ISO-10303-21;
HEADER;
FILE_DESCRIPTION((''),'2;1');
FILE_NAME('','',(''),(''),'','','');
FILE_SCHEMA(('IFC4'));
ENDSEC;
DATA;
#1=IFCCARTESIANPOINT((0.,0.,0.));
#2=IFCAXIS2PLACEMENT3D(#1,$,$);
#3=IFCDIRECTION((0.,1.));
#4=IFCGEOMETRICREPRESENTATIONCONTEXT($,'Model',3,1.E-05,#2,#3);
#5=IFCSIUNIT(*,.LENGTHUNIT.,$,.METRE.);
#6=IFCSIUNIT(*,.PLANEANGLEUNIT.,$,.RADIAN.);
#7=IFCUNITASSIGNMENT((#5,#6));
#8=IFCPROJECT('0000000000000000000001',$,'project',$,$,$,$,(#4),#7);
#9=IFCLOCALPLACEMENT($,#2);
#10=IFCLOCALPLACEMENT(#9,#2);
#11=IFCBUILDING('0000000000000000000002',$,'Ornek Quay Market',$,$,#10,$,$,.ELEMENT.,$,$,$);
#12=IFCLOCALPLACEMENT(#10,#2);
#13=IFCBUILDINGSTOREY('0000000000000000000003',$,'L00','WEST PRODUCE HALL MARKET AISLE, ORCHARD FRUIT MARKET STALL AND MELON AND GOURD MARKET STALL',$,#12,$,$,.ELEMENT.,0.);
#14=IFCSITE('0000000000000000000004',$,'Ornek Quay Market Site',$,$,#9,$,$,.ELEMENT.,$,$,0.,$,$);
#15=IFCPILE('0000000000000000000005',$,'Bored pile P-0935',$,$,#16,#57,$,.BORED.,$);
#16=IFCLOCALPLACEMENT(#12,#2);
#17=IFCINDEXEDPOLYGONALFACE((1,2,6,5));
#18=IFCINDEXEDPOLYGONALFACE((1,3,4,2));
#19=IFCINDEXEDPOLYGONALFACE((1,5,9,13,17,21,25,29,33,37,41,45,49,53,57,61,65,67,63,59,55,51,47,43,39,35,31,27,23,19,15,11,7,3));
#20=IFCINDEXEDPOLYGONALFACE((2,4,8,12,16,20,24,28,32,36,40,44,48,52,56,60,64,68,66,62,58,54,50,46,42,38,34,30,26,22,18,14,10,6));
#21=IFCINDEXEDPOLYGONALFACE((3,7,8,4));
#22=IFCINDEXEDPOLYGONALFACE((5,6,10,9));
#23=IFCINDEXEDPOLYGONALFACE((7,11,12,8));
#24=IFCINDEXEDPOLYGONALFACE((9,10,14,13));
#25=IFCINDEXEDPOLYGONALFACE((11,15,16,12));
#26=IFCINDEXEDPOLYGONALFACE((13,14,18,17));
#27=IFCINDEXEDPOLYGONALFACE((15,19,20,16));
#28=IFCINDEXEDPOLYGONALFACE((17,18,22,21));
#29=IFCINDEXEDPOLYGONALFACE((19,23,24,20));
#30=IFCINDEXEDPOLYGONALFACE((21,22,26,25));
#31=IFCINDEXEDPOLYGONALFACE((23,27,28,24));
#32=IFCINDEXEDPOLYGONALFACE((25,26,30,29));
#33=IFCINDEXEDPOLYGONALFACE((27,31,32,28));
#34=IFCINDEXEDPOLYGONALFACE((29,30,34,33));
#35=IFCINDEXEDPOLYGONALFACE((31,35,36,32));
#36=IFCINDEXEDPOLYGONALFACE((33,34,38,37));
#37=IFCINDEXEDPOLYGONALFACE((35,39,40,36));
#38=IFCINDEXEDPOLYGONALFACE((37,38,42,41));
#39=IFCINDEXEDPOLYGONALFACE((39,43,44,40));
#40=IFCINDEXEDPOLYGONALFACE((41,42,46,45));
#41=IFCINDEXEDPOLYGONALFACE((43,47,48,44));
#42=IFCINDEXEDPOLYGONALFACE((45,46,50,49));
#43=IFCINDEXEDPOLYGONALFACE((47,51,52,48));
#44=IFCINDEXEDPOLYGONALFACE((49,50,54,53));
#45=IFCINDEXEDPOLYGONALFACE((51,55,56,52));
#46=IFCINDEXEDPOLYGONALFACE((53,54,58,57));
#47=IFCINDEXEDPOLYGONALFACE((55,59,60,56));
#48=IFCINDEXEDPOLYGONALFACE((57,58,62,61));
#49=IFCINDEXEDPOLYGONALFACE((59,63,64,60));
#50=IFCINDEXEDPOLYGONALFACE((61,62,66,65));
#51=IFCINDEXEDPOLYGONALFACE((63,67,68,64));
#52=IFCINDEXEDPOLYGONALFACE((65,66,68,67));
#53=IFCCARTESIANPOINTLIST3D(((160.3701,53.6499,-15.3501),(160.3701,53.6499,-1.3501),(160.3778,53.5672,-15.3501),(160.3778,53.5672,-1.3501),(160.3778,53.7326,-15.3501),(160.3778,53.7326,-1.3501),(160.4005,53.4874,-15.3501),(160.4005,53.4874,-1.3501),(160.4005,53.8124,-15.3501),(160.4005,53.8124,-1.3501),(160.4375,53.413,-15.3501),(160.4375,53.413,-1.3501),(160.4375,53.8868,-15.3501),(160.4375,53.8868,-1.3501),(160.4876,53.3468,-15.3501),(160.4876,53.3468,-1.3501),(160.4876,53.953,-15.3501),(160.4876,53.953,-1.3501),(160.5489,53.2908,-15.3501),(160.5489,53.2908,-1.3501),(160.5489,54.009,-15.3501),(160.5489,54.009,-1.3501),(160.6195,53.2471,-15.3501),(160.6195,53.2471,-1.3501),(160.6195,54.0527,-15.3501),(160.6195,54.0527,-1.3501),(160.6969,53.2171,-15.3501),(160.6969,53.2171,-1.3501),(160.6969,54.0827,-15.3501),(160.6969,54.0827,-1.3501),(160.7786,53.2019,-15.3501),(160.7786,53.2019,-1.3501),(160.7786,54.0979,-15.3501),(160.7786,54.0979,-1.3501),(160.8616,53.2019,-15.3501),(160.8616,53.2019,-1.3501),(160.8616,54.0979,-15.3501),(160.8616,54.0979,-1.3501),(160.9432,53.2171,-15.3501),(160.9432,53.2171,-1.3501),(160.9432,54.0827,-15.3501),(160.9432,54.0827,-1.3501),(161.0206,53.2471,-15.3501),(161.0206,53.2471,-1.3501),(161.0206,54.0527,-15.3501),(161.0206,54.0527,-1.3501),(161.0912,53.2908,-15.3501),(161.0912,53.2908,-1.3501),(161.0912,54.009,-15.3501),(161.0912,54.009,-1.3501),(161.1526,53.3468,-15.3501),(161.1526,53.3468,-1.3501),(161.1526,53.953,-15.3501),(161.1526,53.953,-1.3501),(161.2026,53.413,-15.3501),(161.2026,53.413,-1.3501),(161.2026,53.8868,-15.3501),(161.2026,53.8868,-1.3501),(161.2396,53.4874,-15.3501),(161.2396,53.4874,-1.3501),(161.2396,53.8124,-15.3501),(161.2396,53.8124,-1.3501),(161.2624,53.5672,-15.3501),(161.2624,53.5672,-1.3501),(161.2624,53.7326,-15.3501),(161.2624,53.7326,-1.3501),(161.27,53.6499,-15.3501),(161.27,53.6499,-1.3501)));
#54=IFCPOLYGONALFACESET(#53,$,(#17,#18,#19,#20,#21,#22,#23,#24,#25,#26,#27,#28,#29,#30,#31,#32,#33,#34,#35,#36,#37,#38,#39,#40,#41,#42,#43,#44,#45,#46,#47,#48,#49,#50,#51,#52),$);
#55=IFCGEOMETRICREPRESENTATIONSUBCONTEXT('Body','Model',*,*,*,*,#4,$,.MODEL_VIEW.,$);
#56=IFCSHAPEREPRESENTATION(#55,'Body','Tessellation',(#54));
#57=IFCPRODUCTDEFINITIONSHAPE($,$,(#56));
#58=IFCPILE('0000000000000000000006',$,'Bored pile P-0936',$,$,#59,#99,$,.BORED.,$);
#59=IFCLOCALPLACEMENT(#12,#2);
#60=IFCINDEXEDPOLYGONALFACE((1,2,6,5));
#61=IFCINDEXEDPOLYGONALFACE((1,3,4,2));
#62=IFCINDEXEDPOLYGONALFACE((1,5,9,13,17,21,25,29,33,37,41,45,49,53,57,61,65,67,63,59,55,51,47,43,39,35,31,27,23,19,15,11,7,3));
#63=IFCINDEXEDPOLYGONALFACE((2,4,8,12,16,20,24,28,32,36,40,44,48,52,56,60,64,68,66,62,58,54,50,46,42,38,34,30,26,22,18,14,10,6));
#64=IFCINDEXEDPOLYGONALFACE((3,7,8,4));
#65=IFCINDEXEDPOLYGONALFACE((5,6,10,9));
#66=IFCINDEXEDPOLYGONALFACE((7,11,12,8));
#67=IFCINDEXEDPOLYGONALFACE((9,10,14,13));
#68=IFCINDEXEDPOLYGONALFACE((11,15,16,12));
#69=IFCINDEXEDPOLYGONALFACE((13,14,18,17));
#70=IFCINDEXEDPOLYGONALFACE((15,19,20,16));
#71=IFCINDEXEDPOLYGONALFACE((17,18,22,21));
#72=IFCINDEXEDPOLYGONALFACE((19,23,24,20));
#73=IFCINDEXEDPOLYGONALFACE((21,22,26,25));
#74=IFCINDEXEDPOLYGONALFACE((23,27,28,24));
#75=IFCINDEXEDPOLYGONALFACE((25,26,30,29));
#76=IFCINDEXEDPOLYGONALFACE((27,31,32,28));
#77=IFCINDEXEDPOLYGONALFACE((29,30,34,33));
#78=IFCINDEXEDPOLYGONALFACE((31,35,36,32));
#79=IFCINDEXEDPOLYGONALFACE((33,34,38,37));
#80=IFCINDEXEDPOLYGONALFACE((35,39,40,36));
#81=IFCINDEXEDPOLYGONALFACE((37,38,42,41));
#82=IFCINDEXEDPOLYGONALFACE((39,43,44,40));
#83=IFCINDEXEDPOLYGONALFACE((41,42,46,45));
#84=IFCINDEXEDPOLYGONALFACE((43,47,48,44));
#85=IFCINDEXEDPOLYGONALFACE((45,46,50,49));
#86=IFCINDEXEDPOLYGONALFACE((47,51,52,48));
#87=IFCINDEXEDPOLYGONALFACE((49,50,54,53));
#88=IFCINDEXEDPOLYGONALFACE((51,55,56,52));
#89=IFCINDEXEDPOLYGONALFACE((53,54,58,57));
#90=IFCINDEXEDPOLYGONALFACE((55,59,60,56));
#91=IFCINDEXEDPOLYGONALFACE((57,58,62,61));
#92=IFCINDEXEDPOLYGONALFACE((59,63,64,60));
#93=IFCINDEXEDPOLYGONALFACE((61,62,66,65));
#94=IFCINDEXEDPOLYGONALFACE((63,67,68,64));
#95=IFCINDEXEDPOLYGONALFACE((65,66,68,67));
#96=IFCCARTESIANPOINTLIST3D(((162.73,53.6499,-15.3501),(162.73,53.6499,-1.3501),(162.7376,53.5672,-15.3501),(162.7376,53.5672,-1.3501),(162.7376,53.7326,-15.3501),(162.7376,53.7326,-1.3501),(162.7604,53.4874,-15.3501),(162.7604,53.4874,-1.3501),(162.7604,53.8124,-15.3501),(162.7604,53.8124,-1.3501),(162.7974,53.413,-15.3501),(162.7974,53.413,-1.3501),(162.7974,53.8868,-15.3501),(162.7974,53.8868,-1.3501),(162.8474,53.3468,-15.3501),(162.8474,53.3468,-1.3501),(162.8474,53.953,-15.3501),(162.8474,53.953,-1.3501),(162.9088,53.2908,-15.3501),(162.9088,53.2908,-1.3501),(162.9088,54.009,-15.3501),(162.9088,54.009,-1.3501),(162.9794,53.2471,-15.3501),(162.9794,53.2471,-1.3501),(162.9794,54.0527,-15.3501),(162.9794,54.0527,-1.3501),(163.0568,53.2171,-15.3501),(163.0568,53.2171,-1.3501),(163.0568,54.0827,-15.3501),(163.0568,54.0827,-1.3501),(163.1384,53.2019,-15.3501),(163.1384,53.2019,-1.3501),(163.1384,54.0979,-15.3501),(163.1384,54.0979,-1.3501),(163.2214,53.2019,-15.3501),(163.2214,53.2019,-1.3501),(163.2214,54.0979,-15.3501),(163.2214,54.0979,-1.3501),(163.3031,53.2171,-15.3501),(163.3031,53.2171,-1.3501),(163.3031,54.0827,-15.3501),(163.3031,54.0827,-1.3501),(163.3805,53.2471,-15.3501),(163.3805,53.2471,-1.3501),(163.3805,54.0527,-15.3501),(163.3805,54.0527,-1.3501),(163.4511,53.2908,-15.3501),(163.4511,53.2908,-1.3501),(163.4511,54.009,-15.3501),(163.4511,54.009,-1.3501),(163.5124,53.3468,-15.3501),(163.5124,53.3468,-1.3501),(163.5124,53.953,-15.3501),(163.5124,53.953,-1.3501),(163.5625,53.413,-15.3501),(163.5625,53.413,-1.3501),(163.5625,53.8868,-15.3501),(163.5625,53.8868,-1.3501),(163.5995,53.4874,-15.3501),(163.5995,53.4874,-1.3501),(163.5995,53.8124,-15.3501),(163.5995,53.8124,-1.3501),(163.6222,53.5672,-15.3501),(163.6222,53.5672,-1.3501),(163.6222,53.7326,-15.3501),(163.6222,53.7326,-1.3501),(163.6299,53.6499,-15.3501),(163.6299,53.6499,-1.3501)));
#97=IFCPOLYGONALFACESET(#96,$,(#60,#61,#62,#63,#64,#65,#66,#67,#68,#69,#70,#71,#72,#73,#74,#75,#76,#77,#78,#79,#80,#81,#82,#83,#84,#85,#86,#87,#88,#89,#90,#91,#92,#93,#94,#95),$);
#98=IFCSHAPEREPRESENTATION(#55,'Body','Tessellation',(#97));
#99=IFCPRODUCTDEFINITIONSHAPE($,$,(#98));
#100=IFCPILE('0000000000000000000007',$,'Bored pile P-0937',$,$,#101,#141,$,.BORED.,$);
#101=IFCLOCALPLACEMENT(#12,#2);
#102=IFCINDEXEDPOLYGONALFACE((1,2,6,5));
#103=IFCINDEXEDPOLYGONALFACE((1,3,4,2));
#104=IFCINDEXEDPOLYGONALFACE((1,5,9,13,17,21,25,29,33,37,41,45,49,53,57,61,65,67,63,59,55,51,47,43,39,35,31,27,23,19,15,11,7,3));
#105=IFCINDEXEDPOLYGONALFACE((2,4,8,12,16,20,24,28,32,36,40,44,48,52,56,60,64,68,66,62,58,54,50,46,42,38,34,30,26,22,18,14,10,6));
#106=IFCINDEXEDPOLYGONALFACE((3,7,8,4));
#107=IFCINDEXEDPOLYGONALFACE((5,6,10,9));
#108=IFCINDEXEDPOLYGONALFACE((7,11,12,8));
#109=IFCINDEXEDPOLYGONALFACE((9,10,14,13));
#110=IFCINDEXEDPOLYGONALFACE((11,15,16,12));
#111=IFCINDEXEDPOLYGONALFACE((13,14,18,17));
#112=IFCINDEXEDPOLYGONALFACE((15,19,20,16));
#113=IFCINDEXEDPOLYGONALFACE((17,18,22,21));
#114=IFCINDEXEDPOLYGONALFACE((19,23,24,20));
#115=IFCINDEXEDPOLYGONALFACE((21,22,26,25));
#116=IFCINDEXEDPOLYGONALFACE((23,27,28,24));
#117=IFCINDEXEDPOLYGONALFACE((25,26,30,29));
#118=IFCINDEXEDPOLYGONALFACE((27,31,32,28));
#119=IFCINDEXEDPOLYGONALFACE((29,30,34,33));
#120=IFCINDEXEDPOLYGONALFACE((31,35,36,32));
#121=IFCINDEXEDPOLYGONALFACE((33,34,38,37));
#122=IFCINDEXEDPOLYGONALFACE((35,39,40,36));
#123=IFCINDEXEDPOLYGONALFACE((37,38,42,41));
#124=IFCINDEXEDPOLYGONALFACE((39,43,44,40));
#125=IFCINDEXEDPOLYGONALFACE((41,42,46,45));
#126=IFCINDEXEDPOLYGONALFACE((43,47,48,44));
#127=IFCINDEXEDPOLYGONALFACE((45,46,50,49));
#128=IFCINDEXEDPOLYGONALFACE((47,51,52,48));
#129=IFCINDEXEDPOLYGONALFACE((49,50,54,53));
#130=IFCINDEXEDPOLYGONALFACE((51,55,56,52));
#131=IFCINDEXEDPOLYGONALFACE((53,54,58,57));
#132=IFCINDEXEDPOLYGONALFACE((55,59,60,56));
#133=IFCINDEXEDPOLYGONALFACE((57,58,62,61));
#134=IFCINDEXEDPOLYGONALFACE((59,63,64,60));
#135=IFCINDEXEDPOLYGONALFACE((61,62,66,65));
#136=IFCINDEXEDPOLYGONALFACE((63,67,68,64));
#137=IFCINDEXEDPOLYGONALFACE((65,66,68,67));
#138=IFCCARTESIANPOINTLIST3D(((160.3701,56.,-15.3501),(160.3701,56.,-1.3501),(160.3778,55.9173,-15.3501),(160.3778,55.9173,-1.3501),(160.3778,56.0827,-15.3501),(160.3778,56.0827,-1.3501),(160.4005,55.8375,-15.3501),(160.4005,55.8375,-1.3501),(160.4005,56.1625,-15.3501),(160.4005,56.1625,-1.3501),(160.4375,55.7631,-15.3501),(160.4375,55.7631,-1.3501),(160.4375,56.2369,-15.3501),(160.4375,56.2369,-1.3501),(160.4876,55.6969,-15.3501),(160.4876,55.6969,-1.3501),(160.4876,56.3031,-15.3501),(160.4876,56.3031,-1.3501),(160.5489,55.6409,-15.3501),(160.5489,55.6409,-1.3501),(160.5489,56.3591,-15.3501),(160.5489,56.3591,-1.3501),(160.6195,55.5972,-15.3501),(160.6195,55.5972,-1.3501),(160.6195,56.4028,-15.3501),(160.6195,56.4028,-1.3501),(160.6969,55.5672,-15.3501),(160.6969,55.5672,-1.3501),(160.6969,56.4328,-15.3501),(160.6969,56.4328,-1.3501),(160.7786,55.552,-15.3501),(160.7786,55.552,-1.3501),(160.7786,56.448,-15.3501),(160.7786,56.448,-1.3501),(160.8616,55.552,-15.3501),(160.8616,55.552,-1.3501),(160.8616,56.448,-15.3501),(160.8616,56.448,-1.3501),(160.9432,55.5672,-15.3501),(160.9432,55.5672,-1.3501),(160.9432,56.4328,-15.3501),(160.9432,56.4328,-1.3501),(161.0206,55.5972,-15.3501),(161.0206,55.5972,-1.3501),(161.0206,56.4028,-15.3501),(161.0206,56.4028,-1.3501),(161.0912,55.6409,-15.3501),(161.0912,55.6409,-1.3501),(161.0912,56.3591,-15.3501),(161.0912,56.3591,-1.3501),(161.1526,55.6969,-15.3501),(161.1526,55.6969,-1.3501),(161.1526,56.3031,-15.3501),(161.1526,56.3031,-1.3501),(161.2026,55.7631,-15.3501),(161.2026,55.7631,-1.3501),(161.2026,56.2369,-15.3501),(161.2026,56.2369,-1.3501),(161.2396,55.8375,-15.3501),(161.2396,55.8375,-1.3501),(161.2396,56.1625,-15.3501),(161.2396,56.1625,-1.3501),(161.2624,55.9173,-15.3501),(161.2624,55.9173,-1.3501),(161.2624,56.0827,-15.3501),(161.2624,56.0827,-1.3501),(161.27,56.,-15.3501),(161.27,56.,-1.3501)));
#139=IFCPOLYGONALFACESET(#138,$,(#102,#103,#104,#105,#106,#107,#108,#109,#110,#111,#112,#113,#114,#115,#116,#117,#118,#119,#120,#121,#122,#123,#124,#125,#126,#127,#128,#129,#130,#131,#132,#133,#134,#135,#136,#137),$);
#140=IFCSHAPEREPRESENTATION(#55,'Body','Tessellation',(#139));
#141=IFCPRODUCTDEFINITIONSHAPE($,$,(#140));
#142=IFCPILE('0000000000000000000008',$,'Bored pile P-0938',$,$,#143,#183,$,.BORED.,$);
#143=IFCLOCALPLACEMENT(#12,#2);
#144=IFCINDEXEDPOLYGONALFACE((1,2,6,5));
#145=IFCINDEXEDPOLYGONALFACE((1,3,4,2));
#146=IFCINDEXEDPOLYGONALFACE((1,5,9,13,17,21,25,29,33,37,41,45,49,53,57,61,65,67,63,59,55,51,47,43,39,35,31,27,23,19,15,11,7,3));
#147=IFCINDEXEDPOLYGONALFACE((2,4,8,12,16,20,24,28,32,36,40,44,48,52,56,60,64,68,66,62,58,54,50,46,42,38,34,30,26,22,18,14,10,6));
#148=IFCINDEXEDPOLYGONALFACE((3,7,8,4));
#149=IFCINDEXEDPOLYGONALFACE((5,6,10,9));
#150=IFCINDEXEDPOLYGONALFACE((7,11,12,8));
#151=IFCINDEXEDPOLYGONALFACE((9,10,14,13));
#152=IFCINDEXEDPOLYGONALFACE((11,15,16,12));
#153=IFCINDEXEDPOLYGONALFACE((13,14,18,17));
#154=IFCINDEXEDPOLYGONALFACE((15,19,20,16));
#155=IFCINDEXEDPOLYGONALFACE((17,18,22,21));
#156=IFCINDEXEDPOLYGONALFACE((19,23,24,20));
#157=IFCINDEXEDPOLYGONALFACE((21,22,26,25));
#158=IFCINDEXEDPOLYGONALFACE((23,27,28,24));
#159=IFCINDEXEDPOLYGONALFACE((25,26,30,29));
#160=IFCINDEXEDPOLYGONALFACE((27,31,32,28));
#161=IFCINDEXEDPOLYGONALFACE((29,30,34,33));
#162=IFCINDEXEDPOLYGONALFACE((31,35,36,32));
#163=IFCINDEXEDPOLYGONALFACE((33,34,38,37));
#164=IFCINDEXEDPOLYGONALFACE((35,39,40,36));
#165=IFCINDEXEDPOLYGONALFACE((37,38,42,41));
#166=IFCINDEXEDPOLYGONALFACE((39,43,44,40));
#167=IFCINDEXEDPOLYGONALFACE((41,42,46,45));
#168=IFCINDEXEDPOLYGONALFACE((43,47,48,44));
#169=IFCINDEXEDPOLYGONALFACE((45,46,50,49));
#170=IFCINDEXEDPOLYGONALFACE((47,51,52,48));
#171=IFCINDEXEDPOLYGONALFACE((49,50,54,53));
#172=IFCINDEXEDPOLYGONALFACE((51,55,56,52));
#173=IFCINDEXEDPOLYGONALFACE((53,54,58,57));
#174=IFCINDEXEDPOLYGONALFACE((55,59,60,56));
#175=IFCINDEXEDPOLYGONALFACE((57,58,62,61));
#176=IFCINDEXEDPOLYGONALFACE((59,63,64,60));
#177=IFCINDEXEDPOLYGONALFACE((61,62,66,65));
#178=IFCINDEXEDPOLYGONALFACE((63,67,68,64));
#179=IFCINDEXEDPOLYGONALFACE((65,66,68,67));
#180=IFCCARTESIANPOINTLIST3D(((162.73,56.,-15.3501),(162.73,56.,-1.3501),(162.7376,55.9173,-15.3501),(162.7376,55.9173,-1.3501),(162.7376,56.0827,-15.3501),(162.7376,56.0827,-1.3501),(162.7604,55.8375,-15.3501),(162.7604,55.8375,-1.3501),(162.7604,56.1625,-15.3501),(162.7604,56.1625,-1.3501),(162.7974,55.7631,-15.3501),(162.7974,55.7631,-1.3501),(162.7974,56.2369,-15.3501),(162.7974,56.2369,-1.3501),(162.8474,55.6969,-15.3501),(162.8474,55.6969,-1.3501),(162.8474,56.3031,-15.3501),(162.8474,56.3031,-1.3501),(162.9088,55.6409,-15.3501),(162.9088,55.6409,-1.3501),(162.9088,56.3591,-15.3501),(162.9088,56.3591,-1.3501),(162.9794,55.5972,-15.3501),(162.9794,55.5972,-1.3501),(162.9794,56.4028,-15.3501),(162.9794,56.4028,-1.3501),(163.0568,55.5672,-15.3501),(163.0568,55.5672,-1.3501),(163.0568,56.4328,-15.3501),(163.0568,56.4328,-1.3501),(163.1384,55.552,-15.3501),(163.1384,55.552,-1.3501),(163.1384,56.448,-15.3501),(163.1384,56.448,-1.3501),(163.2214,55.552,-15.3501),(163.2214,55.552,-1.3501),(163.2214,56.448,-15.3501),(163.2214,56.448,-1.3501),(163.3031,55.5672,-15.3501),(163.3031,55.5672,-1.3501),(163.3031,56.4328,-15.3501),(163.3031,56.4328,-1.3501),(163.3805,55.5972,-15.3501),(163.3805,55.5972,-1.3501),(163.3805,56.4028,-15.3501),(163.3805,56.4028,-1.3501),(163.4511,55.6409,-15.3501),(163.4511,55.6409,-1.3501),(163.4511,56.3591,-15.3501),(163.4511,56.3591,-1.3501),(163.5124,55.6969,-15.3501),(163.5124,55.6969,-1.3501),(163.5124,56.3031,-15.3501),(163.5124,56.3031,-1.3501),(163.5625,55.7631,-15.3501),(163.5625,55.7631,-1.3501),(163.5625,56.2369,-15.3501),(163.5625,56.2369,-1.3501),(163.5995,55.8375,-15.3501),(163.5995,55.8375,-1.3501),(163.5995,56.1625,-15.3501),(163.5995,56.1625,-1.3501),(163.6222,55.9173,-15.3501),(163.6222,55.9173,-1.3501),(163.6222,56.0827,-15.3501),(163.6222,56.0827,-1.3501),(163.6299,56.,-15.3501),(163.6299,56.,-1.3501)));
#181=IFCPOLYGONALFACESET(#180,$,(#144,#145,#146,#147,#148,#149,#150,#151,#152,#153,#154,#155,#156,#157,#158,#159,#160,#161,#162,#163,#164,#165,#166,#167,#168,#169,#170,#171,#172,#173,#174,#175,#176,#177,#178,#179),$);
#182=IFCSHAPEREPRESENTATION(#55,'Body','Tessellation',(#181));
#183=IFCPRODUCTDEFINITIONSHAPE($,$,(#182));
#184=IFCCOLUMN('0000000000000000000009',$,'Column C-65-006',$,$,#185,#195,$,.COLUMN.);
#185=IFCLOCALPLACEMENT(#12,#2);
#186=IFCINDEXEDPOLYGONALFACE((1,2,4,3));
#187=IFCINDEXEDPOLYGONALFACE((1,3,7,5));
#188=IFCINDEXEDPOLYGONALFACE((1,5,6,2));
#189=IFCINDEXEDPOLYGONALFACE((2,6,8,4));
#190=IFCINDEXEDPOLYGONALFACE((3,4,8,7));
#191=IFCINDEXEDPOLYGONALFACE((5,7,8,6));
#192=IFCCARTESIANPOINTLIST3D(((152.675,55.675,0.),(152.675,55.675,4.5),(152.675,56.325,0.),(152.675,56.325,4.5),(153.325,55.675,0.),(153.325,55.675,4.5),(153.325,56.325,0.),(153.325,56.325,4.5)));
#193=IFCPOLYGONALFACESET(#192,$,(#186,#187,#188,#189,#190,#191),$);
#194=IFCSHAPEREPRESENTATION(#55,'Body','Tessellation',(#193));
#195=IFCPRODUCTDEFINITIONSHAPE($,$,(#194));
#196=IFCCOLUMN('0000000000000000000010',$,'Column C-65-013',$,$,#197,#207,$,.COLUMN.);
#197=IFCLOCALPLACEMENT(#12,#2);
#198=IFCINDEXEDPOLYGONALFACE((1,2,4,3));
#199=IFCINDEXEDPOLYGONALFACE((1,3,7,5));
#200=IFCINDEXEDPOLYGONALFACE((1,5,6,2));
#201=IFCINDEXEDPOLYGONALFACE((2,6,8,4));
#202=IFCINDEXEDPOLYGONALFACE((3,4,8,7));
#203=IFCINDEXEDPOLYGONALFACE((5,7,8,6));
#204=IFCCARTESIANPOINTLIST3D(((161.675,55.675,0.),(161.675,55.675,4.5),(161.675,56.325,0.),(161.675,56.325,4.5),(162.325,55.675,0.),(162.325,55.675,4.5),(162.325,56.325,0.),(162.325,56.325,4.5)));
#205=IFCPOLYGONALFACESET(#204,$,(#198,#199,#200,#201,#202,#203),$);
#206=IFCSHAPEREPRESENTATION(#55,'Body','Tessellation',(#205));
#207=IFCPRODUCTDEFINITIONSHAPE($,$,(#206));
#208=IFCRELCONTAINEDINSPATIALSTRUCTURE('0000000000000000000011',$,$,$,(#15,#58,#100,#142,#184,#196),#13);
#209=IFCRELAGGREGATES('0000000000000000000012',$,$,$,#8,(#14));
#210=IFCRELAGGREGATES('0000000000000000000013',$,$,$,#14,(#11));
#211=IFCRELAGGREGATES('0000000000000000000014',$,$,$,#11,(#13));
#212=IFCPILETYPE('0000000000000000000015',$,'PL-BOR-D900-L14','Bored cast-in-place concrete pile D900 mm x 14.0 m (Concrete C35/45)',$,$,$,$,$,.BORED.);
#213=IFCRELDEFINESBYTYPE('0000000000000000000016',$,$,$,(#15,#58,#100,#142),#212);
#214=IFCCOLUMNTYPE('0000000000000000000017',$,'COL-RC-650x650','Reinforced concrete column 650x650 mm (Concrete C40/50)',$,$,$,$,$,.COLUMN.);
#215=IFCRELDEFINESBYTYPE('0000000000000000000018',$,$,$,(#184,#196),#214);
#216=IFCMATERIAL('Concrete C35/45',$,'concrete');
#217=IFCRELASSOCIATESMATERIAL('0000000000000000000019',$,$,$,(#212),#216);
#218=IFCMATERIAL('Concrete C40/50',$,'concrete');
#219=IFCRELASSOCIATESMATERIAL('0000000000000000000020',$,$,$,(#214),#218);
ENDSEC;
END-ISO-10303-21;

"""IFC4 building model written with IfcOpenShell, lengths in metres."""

from ifc_helpers import new_model, si_unit, direction, frame, origin, origin_2d, place, context, subcontext, project, spatial, rectangle, circle, extrude, material, material_profile, profile_set, type_object, element, save


model = new_model("IFC4")

# Units and contexts
model_context = context("Model", 3, precision=1e-05, world=origin(), true_north=direction((0.0, 1.0)))
body_context = subcontext(model_context, "Body", "Model", "MODEL_VIEW")
ifc_project = project(units=[si_unit("LENGTHUNIT", "METRE"), si_unit("PLANEANGLEUNIT", "RADIAN")], contexts=[model_context])

# Site, building, storey
site_placement = place(None, origin())
site = spatial("IfcSite", under=ifc_project, at=site_placement, Name="Ornek Quay Market Site", CompositionType="ELEMENT", RefElevation=0.0)
building_placement = place(site_placement, origin())
building = spatial("IfcBuilding", under=site, at=building_placement, Name="Ornek Quay Market", CompositionType="ELEMENT")
storey_placement = place(building_placement, origin())
storey = spatial("IfcBuildingStorey", under=building, at=storey_placement, Name="L00", Description="WEST PRODUCE HALL MARKET AISLE, ORCHARD FRUIT MARKET STALL AND MELON AND GOURD MARKET STALL", CompositionType="ELEMENT", Elevation=0.0)

# Piles
ifc_material_1 = material(Name="Concrete C35/45", Category="concrete")
ifc_material_profile_1 = material_profile(ifc_material_1, circle(Radius=0.45, at=origin_2d()), Name="PILE D900", Category="concrete")
ifc_profile_set_1 = profile_set([ifc_material_profile_1], Name="Concrete C35/45")
pile_type = type_object("IfcPileType", Name="PL-BOR-D900-L14", Description="Bored cast-in-place concrete pile D900 mm x 14.0 m (Concrete C35/45)", PredefinedType="BORED", material=ifc_profile_set_1)
for number, where, z_axis, x_axis, name in (
    (1, (160.8201, 53.6499, -1.3501), (0.0, 0.0, -1.0), (1.0, 0.0, 0.0), "Bored pile P-0935"),
    (2, (163.1799, 53.6499, -1.3501), (0.0, 0.0, -1.0), (1.0, 0.0, 0.0), "Bored pile P-0936"),
    (3, (160.8201, 56.0, -1.3501), (0.0, 0.0, -1.0), (1.0, 0.0, 0.0), "Bored pile P-0937"),
    (4, (163.1799, 56.0, -1.3501), (0.0, 0.0, -1.0), (1.0, 0.0, 0.0), "Bored pile P-0938"),
):
    element("IfcPile", number, at=place(storey_placement, frame(where, z_axis=z_axis, x_axis=x_axis)), inside=storey, type_object=pile_type, Name=name, PredefinedType="BORED", context=body_context, shape_type="SweptSolid", body=[
        extrude(circle(Radius=0.45, at=origin_2d()), origin(), (0.0, 0.0, 1.0), 14.0),
    ])

# Columns
ifc_material_2 = material(Name="Concrete C40/50", Category="concrete")
ifc_material_profile_2 = material_profile(ifc_material_2, rectangle(XDim=0.6499, YDim=0.6499, at=origin_2d()), Name="RC 650x650", Category="concrete")
ifc_profile_set_2 = profile_set([ifc_material_profile_2], Name="Concrete C40/50")
column_type = type_object("IfcColumnType", Name="COL-RC-650x650", Description="Reinforced concrete column 650x650 mm (Concrete C40/50)", PredefinedType="COLUMN", material=ifc_profile_set_2)
for number, where, z_axis, x_axis, name in (
    (5, (153.0, 56.0, 0.0), (0.0, 0.0, 1.0), (1.0, 0.0, 0.0), "Column C-65-006"),
    (6, (162.0, 56.0, 0.0), (0.0, 0.0, 1.0), (1.0, 0.0, 0.0), "Column C-65-013"),
):
    element("IfcColumn", number, at=place(storey_placement, frame(where, z_axis=z_axis, x_axis=x_axis)), inside=storey, type_object=column_type, Name=name, PredefinedType="COLUMN", context=body_context, shape_type="SweptSolid", body=[
        extrude(rectangle(XDim=0.6499, YDim=0.6499, at=origin_2d()), origin(), (0.0, 0.0, 1.0), 4.5),
    ])

save(model, "model.ifc")
